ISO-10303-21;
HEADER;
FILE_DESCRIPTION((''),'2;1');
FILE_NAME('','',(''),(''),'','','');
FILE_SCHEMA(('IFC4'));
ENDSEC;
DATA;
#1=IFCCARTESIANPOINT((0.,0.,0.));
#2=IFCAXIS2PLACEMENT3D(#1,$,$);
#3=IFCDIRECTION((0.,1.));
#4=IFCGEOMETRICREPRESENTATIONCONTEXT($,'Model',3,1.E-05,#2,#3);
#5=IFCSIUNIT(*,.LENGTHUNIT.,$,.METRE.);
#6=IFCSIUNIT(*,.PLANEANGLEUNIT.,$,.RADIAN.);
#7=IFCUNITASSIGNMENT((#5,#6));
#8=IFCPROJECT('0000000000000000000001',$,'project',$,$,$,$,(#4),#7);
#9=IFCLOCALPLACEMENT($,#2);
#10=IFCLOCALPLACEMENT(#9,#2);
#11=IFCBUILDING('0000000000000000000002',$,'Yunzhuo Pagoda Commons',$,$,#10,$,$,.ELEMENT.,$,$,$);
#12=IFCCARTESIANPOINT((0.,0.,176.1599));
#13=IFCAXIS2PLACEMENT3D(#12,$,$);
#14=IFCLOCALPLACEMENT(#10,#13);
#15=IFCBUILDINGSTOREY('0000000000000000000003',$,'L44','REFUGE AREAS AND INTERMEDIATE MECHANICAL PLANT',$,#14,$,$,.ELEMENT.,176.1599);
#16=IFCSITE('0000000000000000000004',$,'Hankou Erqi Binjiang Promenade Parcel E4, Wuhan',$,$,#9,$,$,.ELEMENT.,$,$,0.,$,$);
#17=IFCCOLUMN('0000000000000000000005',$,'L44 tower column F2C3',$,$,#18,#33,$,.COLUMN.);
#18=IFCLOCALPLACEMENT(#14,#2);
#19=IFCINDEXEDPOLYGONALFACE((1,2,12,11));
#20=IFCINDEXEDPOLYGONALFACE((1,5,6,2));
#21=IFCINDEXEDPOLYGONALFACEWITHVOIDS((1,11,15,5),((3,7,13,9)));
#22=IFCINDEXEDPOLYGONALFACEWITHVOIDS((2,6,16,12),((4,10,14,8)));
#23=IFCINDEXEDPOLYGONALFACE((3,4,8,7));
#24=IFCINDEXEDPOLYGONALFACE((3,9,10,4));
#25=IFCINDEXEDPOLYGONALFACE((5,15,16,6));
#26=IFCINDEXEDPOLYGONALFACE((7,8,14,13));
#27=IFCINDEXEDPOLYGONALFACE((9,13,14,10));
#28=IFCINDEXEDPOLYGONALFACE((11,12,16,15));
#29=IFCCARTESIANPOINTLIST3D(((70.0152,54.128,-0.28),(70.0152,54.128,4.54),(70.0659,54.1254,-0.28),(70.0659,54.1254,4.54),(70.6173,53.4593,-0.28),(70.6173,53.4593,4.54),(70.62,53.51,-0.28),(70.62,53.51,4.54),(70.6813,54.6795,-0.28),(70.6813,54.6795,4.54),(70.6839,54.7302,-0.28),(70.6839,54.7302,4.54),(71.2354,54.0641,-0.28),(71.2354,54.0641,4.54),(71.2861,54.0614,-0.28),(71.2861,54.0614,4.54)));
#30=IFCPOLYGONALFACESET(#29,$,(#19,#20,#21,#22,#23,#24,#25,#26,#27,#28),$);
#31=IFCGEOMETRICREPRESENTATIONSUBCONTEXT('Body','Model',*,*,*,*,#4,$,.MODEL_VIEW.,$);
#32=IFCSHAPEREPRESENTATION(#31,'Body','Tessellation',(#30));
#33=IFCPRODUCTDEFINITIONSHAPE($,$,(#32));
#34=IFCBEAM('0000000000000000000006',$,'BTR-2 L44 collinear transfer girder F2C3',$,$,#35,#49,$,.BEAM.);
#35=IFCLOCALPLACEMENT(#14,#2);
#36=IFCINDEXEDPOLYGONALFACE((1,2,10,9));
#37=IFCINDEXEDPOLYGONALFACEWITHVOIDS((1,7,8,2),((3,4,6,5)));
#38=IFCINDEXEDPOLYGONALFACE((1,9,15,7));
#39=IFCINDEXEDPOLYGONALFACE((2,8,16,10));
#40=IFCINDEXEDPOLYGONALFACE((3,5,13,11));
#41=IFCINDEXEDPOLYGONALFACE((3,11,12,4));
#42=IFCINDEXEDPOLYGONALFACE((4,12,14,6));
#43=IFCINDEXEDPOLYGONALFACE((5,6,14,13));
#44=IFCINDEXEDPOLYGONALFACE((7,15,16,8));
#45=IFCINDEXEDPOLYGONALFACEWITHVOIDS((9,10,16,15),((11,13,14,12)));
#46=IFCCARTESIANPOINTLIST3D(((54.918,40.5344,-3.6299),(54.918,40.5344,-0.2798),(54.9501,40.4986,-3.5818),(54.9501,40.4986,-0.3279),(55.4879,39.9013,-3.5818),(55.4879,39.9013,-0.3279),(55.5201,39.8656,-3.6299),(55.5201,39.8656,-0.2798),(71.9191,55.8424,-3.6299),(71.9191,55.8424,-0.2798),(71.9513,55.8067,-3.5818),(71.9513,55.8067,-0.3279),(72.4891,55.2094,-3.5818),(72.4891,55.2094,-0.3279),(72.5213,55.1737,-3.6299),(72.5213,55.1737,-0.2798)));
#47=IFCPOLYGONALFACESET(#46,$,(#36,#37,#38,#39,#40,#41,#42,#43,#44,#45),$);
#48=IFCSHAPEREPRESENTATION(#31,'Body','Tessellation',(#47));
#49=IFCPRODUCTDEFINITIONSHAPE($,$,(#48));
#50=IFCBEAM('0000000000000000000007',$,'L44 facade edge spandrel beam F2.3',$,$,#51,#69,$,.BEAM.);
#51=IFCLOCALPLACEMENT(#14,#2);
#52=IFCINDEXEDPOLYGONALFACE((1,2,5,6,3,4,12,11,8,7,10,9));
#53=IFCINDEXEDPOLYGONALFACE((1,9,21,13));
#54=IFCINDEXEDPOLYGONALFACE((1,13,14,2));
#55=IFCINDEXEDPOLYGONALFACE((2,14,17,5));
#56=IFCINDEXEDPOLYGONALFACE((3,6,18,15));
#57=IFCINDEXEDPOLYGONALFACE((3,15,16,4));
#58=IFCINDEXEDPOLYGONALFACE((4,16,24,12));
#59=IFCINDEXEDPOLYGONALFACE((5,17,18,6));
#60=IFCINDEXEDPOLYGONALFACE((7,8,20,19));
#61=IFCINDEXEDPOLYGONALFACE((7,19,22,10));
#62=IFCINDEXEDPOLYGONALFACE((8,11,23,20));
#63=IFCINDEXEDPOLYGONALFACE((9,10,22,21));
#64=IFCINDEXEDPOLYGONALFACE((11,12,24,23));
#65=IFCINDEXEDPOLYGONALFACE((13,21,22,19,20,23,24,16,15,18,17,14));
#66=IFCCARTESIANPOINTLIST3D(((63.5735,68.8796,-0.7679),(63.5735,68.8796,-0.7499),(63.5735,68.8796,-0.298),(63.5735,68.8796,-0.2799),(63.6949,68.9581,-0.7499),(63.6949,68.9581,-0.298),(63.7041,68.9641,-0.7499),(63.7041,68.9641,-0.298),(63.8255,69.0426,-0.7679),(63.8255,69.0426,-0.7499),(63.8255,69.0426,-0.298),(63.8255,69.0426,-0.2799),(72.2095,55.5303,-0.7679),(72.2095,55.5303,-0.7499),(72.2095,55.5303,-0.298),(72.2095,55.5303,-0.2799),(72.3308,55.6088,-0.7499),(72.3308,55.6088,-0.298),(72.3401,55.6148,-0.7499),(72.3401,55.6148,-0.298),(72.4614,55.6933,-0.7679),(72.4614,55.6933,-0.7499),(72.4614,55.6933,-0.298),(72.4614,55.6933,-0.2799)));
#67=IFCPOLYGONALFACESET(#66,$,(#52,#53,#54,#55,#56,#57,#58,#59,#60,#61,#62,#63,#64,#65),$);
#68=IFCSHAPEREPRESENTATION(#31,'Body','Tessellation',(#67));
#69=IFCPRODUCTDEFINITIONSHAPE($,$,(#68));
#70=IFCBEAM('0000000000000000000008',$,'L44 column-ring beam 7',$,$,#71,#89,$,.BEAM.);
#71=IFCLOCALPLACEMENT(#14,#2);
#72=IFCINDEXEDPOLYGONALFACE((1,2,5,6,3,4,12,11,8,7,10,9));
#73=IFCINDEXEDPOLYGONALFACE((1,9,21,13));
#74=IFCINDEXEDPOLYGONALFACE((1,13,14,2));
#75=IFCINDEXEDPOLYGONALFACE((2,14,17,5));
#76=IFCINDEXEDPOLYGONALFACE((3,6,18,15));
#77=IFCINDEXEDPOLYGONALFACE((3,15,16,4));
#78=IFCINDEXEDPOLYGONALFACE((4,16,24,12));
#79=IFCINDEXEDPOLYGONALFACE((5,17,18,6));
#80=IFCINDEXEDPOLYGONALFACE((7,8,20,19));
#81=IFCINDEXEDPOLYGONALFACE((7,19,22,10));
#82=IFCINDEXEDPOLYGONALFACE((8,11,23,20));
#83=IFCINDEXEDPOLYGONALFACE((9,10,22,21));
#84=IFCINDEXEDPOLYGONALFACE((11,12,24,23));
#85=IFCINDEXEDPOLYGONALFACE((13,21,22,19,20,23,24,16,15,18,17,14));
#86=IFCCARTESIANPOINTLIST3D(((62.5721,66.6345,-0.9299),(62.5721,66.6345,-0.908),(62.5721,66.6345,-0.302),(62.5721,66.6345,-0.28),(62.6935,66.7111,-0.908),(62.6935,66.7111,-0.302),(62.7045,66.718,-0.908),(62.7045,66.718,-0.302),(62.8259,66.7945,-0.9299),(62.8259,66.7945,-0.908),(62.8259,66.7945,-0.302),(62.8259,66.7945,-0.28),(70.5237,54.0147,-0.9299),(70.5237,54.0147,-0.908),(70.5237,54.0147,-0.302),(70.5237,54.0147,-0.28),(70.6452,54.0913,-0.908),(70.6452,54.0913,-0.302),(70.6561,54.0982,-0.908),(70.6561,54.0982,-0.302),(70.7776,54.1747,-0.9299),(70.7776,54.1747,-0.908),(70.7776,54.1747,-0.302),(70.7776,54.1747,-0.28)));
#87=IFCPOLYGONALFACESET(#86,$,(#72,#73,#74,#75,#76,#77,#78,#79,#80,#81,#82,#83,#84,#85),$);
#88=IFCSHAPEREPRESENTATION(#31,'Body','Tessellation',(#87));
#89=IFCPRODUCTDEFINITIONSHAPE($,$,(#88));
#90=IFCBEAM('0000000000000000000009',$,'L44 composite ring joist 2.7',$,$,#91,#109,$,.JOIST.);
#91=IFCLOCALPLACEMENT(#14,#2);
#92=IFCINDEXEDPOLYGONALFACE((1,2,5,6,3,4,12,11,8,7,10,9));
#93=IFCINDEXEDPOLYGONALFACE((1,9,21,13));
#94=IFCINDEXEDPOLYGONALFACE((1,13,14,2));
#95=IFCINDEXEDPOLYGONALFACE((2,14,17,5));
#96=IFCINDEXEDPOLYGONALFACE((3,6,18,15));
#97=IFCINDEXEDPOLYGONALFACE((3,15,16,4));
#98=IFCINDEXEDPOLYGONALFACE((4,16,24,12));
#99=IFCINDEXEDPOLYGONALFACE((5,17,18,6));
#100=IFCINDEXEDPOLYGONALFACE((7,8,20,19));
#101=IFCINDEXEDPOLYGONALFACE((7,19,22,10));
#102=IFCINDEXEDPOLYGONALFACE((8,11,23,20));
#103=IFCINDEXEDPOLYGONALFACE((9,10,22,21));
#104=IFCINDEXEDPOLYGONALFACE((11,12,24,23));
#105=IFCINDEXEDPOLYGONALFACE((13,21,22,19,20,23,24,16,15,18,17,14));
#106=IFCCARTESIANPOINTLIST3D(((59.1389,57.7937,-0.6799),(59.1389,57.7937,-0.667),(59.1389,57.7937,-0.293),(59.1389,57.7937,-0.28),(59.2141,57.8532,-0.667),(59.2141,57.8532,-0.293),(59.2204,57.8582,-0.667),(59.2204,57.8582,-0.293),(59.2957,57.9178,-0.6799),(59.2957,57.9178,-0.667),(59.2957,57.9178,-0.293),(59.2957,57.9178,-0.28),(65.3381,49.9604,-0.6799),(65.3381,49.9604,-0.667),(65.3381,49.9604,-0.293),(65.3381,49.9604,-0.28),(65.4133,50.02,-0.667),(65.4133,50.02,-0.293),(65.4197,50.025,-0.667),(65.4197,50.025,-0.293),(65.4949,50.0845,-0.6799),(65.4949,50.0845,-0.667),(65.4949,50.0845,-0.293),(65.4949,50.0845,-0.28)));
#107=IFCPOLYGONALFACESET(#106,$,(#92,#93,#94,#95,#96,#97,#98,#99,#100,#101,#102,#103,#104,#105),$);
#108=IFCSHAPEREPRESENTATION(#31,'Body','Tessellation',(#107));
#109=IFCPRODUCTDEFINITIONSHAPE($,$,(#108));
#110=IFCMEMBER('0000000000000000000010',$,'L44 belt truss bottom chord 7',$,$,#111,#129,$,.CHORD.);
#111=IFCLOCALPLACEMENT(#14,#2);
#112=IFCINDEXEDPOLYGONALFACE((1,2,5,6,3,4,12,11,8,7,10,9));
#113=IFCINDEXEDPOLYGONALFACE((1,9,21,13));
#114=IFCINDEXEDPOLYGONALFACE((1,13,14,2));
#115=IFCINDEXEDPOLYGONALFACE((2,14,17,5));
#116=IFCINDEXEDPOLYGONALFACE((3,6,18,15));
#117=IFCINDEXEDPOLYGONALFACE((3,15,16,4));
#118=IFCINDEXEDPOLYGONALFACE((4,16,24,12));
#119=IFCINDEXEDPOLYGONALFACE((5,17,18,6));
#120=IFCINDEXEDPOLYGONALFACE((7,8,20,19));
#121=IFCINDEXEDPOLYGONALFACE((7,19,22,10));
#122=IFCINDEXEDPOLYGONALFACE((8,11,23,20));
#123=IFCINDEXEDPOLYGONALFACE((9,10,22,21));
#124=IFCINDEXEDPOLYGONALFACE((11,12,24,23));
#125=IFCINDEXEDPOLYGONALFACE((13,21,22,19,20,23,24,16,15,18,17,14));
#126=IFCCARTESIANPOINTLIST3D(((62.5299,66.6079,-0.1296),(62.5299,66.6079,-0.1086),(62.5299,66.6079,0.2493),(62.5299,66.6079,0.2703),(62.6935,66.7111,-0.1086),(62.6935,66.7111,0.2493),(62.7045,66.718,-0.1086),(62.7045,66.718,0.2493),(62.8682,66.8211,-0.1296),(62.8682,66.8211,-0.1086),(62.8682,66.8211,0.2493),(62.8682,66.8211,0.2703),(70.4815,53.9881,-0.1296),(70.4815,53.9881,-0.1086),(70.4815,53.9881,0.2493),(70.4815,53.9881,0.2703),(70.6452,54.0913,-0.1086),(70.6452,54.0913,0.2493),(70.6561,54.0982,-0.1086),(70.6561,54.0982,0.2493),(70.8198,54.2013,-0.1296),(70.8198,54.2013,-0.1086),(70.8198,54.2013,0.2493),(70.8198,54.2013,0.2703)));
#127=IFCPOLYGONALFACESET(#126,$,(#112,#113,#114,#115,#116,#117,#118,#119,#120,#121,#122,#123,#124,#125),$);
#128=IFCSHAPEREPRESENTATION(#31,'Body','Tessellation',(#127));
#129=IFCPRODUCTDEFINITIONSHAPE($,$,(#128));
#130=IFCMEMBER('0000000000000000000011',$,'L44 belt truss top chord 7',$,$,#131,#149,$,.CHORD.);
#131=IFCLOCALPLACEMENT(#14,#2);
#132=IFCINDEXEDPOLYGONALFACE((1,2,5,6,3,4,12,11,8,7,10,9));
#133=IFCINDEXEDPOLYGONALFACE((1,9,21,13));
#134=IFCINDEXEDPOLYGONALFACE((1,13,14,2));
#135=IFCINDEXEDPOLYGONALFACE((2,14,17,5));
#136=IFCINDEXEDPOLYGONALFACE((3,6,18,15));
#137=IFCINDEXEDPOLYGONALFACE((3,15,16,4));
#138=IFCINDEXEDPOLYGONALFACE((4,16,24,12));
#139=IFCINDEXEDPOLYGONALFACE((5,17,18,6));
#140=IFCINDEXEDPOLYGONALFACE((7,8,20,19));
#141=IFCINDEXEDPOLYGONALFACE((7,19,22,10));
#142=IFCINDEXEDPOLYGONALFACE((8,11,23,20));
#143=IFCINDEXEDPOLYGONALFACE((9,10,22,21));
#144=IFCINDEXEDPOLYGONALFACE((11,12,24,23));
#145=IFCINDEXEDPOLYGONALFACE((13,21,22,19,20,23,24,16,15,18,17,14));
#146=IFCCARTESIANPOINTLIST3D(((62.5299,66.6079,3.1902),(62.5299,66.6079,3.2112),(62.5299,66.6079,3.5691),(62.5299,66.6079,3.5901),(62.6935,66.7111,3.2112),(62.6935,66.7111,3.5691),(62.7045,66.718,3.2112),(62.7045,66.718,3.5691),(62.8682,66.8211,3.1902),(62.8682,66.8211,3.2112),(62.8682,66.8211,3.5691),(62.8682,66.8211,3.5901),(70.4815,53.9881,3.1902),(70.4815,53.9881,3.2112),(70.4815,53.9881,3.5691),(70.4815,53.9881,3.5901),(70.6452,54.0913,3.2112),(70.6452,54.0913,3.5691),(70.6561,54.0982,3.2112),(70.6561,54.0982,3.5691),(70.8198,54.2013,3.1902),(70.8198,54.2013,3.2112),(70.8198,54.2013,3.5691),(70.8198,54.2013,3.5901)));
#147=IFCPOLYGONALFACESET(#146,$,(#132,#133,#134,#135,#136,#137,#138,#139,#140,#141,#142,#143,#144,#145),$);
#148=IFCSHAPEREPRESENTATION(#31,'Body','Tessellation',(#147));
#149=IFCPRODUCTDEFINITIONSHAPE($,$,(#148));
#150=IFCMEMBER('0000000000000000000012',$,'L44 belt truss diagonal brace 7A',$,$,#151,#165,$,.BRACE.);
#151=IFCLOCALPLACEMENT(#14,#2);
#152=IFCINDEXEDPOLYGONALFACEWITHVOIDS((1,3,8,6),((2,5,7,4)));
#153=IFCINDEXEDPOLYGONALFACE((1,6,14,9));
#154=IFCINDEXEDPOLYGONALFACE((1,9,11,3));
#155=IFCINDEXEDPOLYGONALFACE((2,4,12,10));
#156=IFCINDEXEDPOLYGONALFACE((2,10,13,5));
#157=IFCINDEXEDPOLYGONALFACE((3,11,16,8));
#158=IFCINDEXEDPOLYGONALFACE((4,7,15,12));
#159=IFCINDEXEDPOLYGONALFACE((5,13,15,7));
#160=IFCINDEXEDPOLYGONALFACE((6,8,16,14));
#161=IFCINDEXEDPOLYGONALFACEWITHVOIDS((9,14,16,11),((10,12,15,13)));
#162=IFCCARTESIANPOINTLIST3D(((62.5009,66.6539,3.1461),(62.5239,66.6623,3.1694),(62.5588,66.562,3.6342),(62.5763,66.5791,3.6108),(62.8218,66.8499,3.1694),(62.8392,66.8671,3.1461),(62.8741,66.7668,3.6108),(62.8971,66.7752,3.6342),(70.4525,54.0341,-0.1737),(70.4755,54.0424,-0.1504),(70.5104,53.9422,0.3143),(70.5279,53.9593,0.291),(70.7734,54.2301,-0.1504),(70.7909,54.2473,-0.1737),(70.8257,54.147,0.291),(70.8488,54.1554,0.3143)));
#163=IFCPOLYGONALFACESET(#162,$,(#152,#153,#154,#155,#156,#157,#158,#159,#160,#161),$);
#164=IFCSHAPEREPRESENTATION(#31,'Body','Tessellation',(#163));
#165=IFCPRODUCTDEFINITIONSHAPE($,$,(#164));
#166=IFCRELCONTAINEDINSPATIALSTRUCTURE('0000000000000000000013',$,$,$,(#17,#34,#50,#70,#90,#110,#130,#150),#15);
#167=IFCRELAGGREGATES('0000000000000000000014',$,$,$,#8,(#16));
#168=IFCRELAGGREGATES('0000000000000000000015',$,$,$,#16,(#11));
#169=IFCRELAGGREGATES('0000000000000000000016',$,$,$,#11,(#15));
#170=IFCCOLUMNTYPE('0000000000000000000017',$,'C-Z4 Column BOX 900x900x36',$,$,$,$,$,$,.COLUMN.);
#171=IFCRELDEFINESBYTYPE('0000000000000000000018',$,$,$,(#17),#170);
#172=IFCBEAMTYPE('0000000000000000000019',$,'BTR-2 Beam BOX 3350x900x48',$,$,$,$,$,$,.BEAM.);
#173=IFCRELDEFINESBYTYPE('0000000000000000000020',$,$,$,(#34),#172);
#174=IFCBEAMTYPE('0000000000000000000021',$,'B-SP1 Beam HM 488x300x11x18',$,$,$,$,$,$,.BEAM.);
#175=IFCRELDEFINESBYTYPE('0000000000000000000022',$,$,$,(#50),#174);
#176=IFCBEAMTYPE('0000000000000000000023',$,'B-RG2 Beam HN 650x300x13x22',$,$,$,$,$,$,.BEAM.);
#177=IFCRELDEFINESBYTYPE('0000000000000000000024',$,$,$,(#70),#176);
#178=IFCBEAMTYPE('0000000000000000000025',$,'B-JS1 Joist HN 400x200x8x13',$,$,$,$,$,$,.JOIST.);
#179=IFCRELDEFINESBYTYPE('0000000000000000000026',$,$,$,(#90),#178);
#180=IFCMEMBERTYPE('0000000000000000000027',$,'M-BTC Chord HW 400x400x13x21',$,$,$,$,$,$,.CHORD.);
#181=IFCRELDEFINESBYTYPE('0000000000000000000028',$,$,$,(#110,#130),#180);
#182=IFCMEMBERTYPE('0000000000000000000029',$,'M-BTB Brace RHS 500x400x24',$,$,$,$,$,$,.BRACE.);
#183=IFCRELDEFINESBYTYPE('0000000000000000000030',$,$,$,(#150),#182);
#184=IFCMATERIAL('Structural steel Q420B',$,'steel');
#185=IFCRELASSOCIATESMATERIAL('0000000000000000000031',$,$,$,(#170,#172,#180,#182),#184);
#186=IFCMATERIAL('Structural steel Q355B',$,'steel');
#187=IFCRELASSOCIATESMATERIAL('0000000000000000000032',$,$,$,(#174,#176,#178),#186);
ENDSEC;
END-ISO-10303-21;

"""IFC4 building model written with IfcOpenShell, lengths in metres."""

from ifc_helpers import new_model, si_unit, direction, frame, origin, origin_2d, place, context, subcontext, project, spatial, hollow_rectangle, i_section, extrude, source, transform, mapped, material, material_profile, profile_set, type_object, element, save


model = new_model("IFC4")

# Units and contexts
model_context = context("Model", 3, precision=1e-05, world=origin(), true_north=direction((0.0, 1.0)))
body_context = subcontext(model_context, "Body", "Model", "MODEL_VIEW")
ifc_project = project(units=[si_unit("LENGTHUNIT", "METRE"), si_unit("PLANEANGLEUNIT", "RADIAN")], contexts=[model_context])

# Site, building, storey
site_placement = place(None, origin())
site = spatial("IfcSite", under=ifc_project, at=site_placement, Name="Hankou Erqi Binjiang Promenade Parcel E4, Wuhan", CompositionType="ELEMENT", RefElevation=0.0)
building_placement = place(site_placement, origin())
building = spatial("IfcBuilding", under=site, at=building_placement, Name="Yunzhuo Pagoda Commons", CompositionType="ELEMENT")
storey_placement = place(building_placement, frame((0.0, 0.0, 176.1599)))
storey = spatial("IfcBuildingStorey", under=building, at=storey_placement, Name="L44", Description="REFUGE AREAS AND INTERMEDIATE MECHANICAL PLANT", CompositionType="ELEMENT", Elevation=176.1599)

# Column
ifc_material_1 = material(Name="Structural steel Q420B", Category="steel")
ifc_material_profile_1 = material_profile(ifc_material_1, hollow_rectangle(XDim=0.8999, YDim=0.8999, WallThickness=0.0359, at=origin_2d()), Name="Structural steel Q420B")
ifc_profile_set_1 = profile_set([ifc_material_profile_1], Name="Structural steel Q420B")
column_type = type_object("IfcColumnType", Name="C-Z4 Column BOX 900x900x36", PredefinedType="COLUMN", material=ifc_profile_set_1)
shared_shape_1 = source(origin(), body_context, "Body", "SweptSolid", [
    extrude(hollow_rectangle(XDim=0.8999, YDim=0.8999, WallThickness=0.0359, at=origin_2d()), origin(), (0.0, 0.0, 1.0), 4.8201),
])
column_placement = place(storey_placement, frame((70.6506, 54.0947, -0.28), z_axis=(0.0, 0.0, 1.0), x_axis=(-0.669131, 0.743145, 0.0)))
element("IfcColumn", 1, at=column_placement, inside=storey, type_object=column_type, Name="L44 tower column F2C3", PredefinedType="COLUMN", context=body_context, shape_type="MappedRepresentation", body=[
    mapped(shared_shape_1, transform((0.0, 0.0, 0.0), scale=1.0)),
])

# Beams
ifc_material_profile_2 = material_profile(ifc_material_1, hollow_rectangle(XDim=0.8999, YDim=3.3501, WallThickness=0.0481, at=origin_2d()), Name="Structural steel Q420B")
ifc_profile_set_2 = profile_set([ifc_material_profile_2], Name="Structural steel Q420B")
beam_type_1 = type_object("IfcBeamType", Name="BTR-2 Beam BOX 3350x900x48", PredefinedType="BEAM", material=ifc_profile_set_2)
shared_shape_2 = source(origin(), body_context, "Body", "SweptSolid", [
    extrude(hollow_rectangle(XDim=0.8999, YDim=3.3501, WallThickness=0.0481, at=origin_2d()), origin(), (0.0, 0.0, 1.0), 22.8774),
])
beam_1_placement = place(storey_placement, frame((72.2202, 55.5081, -1.9548), z_axis=(-0.743142, -0.669134, 0.0), x_axis=(0.669134, -0.743142, 0.0)))
element("IfcBeam", 2, at=beam_1_placement, inside=storey, type_object=beam_type_1, Name="BTR-2 L44 collinear transfer girder F2C3", PredefinedType="BEAM", context=body_context, shape_type="MappedRepresentation", body=[
    mapped(shared_shape_2, transform((0.0, 0.0, 0.0), scale=1.0)),
])
ifc_material_2 = material(Name="Structural steel Q355B", Category="steel")
ifc_material_profile_3 = material_profile(ifc_material_2, i_section(OverallWidth=0.3, OverallDepth=0.488, WebThickness=0.011, FlangeThickness=0.0181, at=origin_2d()), Name="Structural steel Q355B")
ifc_profile_set_3 = profile_set([ifc_material_profile_3], Name="Structural steel Q355B")
beam_type_2 = type_object("IfcBeamType", Name="B-SP1 Beam HM 488x300x11x18", PredefinedType="BEAM", material=ifc_profile_set_3)
shared_shape_3 = source(origin(), body_context, "Body", "SweptSolid", [
    extrude(i_section(OverallWidth=0.3, OverallDepth=0.488, WebThickness=0.011, FlangeThickness=0.0181, at=origin_2d()), origin(), (0.0, 0.0, 1.0), 15.8992),
])
beam_2_placement = place(storey_placement, frame((72.3354, 55.6118, -0.5239), z_axis=(-0.54317, 0.839623, 0.0), x_axis=(-0.839623, -0.54317, 0.0)))
element("IfcBeam", 3, at=beam_2_placement, inside=storey, type_object=beam_type_2, Name="L44 facade edge spandrel beam F2.3", PredefinedType="BEAM", context=body_context, shape_type="MappedRepresentation", body=[
    mapped(shared_shape_3, transform((0.0, 0.0, 0.0), scale=1.0)),
])
ifc_material_profile_4 = material_profile(ifc_material_2, i_section(OverallWidth=0.3, OverallDepth=0.6499, WebThickness=0.0129, FlangeThickness=0.022, at=origin_2d()), Name="Structural steel Q355B")
ifc_profile_set_4 = profile_set([ifc_material_profile_4], Name="Structural steel Q355B")
beam_type_3 = type_object("IfcBeamType", Name="B-RG2 Beam HN 650x300x13x22", PredefinedType="BEAM", material=ifc_profile_set_4)
shared_shape_4 = source(origin(), body_context, "Body", "SweptSolid", [
    extrude(i_section(OverallWidth=0.3, OverallDepth=0.6499, WebThickness=0.0129, FlangeThickness=0.022, at=origin_2d()), origin(), (0.0, 0.0, 1.0), 14.916),
])
beam_3_placement = place(storey_placement, frame((70.6506, 54.0947, -0.605), z_axis=(-0.533092, 0.846057, 0.0), x_axis=(-0.846057, -0.533092, 0.0)))
element("IfcBeam", 4, at=beam_3_placement, inside=storey, type_object=beam_type_3, Name="L44 column-ring beam 7", PredefinedType="BEAM", context=body_context, shape_type="MappedRepresentation", body=[
    mapped(shared_shape_4, transform((0.0, 0.0, 0.0), scale=1.0)),
])
ifc_material_profile_5 = material_profile(ifc_material_2, i_section(OverallWidth=0.2, OverallDepth=0.3999, WebThickness=0.0081, FlangeThickness=0.0129, at=origin_2d()), Name="Structural steel Q355B")
ifc_profile_set_5 = profile_set([ifc_material_profile_5], Name="Structural steel Q355B")
beam_type_4 = type_object("IfcBeamType", Name="B-JS1 Joist HN 400x200x8x13", PredefinedType="JOIST", material=ifc_profile_set_5)
shared_shape_5 = source(origin(), body_context, "Body", "SweptSolid", [
    extrude(i_section(OverallWidth=0.2, OverallDepth=0.3999, WebThickness=0.0081, FlangeThickness=0.0129, at=origin_2d()), origin(), (0.0, 0.0, 1.0), 9.9895),
])
beam_4_placement = place(storey_placement, frame((65.4165, 50.0225, -0.48), z_axis=(-0.620573, 0.784148, 0.0), x_axis=(-0.784148, -0.620573, 0.0)))
element("IfcBeam", 5, at=beam_4_placement, inside=storey, type_object=beam_type_4, Name="L44 composite ring joist 2.7", PredefinedType="JOIST", context=body_context, shape_type="MappedRepresentation", body=[
    mapped(shared_shape_5, transform((0.0, 0.0, 0.0), scale=1.0)),
])

# Members
ifc_material_profile_6 = material_profile(ifc_material_1, i_section(OverallWidth=0.3999, OverallDepth=0.3999, WebThickness=0.0129, FlangeThickness=0.021, at=origin_2d()), Name="Structural steel Q420B")
ifc_profile_set_6 = profile_set([ifc_material_profile_6], Name="Structural steel Q420B")
member_type_1 = type_object("IfcMemberType", Name="M-BTC Chord HW 400x400x13x21", PredefinedType="CHORD", material=ifc_profile_set_6)
shared_shape_6 = source(origin(), body_context, "Body", "SweptSolid", [
    extrude(i_section(OverallWidth=0.3999, OverallDepth=0.3999, WebThickness=0.0129, FlangeThickness=0.021, at=origin_2d()), origin(), (0.0, 0.0, 1.0), 14.916),
])
for number, where, z_axis, x_axis, name in (
    (6, (70.6506, 54.0947, 0.0703), (-0.533092, 0.846057, 0.0), (-0.846057, -0.533092, 0.0), "L44 belt truss bottom chord 7"),
    (7, (70.6506, 54.0947, 3.3901), (-0.533092, 0.846057, 0.0), (-0.846057, -0.533092, 0.0), "L44 belt truss top chord 7"),
):
    element("IfcMember", number, at=place(storey_placement, frame(where, z_axis=z_axis, x_axis=x_axis)), inside=storey, type_object=member_type_1, Name=name, PredefinedType="CHORD", context=body_context, shape_type="MappedRepresentation", body=[
        mapped(shared_shape_6, transform((0.0, 0.0, 0.0), scale=1.0)),
    ])
ifc_material_profile_7 = material_profile(ifc_material_1, hollow_rectangle(XDim=0.3999, YDim=0.5, WallThickness=0.0239, at=origin_2d()), Name="Structural steel Q420B")
ifc_profile_set_7 = profile_set([ifc_material_profile_7], Name="Structural steel Q420B")
member_type_2 = type_object("IfcMemberType", Name="M-BTB Brace RHS 500x400x24", PredefinedType="BRACE", material=ifc_profile_set_7)
shared_shape_7 = source(origin(), body_context, "Body", "SweptSolid", [
    extrude(hollow_rectangle(XDim=0.3999, YDim=0.5, WallThickness=0.0239, at=origin_2d()), origin(), (0.0, 0.0, 1.0), 15.281),
])
member_1_placement = place(storey_placement, frame((70.6506, 54.0947, 0.0703), z_axis=(-0.52036, 0.82585, 0.217251), x_axis=(-0.846057, -0.533092, 0.0)))
element("IfcMember", 8, at=member_1_placement, inside=storey, type_object=member_type_2, Name="L44 belt truss diagonal brace 7A", PredefinedType="BRACE", context=body_context, shape_type="MappedRepresentation", body=[
    mapped(shared_shape_7, transform((0.0, 0.0, 0.0), scale=1.0)),
])

save(model, "model.ifc")
